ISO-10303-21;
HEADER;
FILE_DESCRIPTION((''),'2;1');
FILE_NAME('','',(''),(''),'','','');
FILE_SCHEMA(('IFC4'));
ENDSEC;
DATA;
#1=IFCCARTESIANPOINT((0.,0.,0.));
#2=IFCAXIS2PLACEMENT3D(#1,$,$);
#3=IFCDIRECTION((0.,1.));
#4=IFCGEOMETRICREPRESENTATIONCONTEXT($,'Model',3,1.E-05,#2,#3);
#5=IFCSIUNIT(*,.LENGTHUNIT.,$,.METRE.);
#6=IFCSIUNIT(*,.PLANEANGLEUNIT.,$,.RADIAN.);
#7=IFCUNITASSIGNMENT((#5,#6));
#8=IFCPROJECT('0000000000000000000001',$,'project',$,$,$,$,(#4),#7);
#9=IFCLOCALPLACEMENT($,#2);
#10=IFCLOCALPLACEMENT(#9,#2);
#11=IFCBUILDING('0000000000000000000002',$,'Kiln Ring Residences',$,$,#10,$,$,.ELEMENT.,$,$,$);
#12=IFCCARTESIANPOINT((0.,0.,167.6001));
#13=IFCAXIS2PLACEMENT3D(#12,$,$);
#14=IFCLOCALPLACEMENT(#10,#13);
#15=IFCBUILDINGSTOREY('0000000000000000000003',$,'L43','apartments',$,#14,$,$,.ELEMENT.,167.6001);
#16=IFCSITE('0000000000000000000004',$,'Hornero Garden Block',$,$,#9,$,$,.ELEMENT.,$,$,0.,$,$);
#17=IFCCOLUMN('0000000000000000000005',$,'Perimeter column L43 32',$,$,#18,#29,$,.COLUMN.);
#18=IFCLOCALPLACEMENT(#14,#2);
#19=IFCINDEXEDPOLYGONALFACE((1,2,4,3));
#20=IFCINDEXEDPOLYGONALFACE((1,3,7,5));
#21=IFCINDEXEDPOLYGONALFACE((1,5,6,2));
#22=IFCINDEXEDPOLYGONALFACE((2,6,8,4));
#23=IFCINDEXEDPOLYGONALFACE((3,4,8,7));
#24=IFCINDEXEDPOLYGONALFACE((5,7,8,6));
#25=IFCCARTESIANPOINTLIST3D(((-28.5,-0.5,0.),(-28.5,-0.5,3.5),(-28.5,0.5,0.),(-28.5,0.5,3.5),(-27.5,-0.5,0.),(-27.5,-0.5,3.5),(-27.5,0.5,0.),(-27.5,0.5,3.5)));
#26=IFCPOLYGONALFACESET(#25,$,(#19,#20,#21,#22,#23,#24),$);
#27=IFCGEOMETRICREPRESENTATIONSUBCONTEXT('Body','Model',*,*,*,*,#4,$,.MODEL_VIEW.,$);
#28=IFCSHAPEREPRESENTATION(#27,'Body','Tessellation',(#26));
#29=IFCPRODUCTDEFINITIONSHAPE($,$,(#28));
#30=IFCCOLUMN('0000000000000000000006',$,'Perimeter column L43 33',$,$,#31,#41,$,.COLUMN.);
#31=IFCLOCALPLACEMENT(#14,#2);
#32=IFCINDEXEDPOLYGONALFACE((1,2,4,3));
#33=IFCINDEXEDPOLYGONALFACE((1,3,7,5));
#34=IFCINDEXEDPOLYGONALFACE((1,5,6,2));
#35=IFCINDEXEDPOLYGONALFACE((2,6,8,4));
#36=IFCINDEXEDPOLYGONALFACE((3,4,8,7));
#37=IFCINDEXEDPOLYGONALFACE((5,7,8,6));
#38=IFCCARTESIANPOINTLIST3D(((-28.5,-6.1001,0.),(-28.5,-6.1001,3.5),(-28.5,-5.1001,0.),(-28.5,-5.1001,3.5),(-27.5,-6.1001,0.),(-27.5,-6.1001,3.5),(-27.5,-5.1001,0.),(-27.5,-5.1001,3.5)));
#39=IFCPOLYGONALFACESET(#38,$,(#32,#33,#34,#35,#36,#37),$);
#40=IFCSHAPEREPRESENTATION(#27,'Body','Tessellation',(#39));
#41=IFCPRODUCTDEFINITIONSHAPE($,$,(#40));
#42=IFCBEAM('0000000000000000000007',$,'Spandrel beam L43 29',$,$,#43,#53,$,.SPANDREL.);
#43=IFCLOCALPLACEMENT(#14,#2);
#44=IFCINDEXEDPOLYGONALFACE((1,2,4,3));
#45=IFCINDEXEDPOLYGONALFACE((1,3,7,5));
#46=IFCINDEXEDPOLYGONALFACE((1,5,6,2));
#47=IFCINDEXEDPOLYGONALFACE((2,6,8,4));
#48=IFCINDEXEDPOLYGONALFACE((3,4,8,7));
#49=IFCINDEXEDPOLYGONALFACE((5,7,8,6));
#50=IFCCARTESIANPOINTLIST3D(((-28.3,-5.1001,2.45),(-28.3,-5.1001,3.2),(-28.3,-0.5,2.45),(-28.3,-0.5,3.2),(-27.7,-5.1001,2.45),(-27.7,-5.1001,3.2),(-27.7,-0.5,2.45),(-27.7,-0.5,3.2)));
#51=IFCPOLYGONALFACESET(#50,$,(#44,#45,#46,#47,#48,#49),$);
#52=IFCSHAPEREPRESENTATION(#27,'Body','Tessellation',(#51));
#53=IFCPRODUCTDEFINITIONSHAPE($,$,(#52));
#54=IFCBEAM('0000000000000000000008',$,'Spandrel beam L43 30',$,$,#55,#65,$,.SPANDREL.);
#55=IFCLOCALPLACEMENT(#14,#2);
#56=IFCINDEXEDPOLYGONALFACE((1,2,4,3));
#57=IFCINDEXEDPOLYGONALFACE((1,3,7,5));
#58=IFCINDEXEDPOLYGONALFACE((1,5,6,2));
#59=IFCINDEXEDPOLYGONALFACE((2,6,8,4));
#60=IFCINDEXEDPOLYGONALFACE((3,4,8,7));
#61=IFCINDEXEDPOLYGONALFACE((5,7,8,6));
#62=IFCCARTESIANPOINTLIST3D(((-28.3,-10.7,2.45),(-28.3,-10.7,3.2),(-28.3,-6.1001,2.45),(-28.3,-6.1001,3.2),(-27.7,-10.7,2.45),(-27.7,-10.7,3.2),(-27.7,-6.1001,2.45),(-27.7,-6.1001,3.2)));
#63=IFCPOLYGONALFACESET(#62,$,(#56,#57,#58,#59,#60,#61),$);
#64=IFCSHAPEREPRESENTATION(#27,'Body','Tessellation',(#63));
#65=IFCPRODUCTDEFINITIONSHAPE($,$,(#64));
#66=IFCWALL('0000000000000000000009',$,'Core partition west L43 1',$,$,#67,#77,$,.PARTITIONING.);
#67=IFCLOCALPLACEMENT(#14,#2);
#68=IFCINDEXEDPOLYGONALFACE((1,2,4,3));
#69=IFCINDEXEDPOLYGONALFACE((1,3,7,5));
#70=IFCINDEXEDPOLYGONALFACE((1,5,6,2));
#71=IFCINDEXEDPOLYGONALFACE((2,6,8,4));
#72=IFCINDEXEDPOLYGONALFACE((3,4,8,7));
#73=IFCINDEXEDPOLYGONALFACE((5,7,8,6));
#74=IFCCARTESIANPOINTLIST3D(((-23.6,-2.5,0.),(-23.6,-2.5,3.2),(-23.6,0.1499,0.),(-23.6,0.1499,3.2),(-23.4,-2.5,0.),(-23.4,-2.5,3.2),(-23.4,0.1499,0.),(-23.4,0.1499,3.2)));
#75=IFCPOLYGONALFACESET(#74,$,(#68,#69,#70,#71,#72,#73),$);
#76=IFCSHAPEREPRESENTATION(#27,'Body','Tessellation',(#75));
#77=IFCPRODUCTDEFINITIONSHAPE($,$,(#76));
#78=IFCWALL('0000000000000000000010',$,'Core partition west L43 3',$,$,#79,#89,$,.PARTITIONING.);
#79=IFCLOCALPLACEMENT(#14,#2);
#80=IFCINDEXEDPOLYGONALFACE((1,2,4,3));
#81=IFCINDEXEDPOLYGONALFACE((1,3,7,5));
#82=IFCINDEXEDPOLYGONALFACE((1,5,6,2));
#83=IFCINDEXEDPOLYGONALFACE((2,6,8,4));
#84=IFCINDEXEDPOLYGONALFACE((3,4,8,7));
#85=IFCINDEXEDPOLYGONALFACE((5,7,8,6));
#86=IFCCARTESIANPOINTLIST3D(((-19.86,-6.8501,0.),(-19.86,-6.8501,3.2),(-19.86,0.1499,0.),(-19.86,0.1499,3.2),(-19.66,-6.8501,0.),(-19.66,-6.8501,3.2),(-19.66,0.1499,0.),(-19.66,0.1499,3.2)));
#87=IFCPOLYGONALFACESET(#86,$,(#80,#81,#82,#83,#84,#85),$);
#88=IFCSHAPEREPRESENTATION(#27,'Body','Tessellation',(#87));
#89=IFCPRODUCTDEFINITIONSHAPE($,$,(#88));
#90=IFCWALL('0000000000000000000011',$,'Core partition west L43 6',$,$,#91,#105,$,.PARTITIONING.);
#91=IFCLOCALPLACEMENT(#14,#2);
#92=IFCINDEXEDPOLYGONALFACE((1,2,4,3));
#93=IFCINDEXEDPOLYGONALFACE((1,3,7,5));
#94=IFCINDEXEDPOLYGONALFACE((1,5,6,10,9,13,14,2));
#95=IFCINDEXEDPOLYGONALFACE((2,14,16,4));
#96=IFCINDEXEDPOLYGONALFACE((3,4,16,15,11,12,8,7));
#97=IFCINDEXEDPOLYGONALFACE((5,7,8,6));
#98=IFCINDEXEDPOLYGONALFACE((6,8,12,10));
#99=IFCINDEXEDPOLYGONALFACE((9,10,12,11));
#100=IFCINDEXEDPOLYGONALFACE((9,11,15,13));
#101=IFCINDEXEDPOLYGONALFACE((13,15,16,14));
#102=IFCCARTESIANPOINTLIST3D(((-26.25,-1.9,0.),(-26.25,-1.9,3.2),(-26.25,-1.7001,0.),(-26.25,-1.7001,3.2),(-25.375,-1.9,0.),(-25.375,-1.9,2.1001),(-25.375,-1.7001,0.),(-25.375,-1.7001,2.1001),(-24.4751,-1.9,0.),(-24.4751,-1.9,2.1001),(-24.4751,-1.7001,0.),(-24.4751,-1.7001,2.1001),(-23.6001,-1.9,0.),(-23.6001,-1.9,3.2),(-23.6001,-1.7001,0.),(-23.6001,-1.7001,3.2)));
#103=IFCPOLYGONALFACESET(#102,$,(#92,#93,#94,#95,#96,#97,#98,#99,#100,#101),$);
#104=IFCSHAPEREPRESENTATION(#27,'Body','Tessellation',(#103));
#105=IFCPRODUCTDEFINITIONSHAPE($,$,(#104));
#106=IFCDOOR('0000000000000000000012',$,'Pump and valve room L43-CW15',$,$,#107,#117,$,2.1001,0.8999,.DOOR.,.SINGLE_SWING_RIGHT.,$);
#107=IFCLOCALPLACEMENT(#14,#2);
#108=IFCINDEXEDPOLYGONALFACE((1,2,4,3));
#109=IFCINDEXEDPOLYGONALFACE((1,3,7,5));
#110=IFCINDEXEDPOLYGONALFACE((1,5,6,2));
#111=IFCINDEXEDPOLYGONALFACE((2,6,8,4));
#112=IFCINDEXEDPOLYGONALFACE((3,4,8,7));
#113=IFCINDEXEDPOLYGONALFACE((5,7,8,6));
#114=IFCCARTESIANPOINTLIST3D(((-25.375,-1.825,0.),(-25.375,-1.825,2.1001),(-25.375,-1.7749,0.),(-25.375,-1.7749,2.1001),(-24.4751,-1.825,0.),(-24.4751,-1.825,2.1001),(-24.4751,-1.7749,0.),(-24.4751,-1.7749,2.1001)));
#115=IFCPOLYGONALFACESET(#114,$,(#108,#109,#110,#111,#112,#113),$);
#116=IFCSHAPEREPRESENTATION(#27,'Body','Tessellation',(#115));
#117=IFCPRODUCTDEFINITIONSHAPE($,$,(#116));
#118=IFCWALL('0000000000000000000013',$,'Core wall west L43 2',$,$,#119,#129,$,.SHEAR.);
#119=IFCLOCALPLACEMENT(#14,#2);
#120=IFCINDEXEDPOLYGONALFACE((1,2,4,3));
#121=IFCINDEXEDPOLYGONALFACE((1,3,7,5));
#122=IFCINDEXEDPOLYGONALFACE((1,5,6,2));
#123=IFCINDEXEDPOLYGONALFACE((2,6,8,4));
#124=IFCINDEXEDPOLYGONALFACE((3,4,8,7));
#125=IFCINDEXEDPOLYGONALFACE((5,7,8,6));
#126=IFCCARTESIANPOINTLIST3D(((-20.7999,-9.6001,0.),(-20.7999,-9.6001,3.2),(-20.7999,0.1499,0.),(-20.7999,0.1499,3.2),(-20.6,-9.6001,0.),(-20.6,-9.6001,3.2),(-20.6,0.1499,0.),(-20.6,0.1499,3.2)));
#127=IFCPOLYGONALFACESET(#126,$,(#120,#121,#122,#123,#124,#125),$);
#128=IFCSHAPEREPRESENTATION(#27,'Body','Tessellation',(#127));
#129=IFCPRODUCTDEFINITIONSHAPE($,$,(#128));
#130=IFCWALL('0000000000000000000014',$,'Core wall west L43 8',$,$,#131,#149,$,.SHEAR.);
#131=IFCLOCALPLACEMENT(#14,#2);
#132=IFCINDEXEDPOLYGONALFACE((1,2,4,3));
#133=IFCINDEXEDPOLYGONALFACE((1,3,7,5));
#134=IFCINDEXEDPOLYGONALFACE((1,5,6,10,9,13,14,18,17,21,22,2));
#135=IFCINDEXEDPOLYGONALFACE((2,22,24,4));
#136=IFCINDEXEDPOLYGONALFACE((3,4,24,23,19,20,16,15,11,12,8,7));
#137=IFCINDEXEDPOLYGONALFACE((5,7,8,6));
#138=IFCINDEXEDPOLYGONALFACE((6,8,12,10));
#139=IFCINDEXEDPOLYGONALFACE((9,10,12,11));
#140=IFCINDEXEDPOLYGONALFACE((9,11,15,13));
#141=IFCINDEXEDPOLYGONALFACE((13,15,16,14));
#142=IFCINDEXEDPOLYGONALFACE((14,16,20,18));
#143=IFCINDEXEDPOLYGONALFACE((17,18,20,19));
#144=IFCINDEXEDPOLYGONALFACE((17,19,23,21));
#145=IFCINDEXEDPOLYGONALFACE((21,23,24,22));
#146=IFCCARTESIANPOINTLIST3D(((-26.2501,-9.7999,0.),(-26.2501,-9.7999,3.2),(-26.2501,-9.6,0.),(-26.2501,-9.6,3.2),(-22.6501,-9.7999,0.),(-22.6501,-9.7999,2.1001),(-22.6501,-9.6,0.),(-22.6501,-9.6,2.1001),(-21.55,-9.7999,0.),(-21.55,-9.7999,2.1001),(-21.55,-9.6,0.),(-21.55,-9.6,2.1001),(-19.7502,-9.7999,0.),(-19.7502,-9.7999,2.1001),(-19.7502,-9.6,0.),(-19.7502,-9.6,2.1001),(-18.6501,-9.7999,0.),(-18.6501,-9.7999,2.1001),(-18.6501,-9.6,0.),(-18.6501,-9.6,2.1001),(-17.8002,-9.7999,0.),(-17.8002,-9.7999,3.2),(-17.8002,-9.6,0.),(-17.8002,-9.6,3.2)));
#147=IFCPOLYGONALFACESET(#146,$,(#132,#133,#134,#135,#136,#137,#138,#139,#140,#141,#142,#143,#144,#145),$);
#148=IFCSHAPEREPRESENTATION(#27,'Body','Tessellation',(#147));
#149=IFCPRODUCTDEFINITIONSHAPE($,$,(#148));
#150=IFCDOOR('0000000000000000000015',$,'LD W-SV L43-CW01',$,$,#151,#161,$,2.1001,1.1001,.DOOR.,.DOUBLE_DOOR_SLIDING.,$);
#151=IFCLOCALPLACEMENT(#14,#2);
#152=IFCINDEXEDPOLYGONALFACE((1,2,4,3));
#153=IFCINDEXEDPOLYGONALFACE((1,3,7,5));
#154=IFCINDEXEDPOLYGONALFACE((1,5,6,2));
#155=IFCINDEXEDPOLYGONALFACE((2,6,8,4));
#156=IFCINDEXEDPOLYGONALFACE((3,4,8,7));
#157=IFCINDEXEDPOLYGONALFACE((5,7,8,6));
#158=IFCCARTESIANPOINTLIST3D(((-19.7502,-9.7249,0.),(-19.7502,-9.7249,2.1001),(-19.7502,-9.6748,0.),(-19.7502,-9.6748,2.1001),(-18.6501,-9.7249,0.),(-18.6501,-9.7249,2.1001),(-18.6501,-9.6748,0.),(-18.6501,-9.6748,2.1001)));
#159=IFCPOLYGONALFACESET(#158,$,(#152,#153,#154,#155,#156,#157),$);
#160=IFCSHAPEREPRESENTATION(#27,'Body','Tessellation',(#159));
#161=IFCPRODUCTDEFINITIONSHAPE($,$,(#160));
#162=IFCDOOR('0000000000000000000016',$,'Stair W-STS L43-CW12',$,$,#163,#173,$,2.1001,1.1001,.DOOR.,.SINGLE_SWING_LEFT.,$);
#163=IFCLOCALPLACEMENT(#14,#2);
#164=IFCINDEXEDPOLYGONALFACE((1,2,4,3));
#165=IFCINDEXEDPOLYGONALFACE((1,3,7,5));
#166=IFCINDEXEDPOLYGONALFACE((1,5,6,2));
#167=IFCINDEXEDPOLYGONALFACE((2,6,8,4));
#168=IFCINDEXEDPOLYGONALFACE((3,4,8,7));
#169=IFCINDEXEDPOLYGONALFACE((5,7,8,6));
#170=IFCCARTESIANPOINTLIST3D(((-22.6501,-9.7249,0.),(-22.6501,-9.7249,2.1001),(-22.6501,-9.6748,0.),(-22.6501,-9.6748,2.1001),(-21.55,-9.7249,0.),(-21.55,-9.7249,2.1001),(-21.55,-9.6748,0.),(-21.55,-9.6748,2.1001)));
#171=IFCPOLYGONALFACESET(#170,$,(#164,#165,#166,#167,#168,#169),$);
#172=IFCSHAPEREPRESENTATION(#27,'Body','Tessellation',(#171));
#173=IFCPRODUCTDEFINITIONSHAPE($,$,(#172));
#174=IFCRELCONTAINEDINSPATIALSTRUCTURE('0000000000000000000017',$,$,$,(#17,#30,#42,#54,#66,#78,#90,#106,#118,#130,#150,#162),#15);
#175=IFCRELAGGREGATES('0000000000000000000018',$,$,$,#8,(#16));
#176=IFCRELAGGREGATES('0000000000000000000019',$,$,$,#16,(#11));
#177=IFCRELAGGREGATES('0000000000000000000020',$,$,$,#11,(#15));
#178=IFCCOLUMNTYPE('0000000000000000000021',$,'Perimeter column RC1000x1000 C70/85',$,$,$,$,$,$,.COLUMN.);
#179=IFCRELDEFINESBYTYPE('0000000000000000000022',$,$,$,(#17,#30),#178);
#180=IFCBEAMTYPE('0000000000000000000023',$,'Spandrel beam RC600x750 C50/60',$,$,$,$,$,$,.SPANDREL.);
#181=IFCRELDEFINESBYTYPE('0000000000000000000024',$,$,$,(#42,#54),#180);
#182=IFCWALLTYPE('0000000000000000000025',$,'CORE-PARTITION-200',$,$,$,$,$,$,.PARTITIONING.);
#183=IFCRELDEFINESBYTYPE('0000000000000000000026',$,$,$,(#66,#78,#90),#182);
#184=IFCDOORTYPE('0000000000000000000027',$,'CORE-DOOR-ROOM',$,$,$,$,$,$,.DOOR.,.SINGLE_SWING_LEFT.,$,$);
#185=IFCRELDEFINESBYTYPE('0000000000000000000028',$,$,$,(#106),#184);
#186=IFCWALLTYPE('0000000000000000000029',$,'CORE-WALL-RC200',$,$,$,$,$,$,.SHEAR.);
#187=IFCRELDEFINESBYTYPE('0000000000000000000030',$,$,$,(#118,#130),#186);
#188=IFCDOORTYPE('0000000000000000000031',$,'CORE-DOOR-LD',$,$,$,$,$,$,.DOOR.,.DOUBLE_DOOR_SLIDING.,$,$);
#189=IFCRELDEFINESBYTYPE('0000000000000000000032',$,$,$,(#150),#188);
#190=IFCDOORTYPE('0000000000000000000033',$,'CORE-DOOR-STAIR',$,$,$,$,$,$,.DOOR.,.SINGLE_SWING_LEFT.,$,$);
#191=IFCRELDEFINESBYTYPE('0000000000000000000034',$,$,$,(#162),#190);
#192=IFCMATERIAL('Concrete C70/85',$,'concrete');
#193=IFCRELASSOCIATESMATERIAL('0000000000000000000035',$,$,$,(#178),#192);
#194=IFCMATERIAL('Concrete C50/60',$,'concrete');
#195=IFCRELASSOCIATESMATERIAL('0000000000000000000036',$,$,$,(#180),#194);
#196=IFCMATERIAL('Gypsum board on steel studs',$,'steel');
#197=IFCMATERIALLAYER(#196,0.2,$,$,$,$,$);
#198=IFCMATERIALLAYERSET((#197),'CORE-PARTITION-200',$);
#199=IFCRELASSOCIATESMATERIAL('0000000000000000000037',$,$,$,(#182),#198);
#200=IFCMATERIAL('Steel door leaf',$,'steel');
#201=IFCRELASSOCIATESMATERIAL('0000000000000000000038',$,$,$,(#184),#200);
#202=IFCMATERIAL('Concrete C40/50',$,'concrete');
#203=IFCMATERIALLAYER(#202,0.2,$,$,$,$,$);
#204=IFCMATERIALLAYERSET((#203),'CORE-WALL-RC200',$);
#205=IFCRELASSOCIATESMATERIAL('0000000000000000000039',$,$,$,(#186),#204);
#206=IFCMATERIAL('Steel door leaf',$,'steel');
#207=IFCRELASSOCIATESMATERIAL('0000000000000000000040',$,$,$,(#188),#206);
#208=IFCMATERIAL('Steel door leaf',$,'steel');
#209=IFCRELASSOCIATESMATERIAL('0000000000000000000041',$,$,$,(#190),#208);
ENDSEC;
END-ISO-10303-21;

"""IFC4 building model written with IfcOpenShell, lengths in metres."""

from ifc_helpers import new_model, si_unit, direction, frame, frame_2d, origin, origin_2d, place, context, subcontext, project, spatial, rectangle, extrude, material, layer, layer_set, material_profile, profile_set, type_object, element, fill, save


model = new_model("IFC4")

# Units and contexts
model_context = context("Model", 3, precision=1e-05, world=origin(), true_north=direction((0.0, 1.0)))
body_context = subcontext(model_context, "Body", "Model", "MODEL_VIEW")
ifc_project = project(units=[si_unit("LENGTHUNIT", "METRE"), si_unit("PLANEANGLEUNIT", "RADIAN")], contexts=[model_context])

# Site, building, storey
site_placement = place(None, origin())
site = spatial("IfcSite", under=ifc_project, at=site_placement, Name="Hornero Garden Block", CompositionType="ELEMENT", RefElevation=0.0)
building_placement = place(site_placement, origin())
building = spatial("IfcBuilding", under=site, at=building_placement, Name="Kiln Ring Residences", CompositionType="ELEMENT")
storey_placement = place(building_placement, frame((0.0, 0.0, 167.6001)))
storey = spatial("IfcBuildingStorey", under=building, at=storey_placement, Name="L43", Description="apartments", CompositionType="ELEMENT", Elevation=167.6001)

# Columns
ifc_material_1 = material(Name="Concrete C70/85", Category="concrete")
ifc_material_profile_1 = material_profile(ifc_material_1, rectangle(XDim=1.0, YDim=1.0, at=origin_2d()), Name="RC1000x1000")
ifc_profile_set_1 = profile_set([ifc_material_profile_1], Name="Concrete C70/85")
column_type = type_object("IfcColumnType", Name="Perimeter column RC1000x1000 C70/85", PredefinedType="COLUMN", material=ifc_profile_set_1)
for number, where, z_axis, x_axis, name in (
    (1, (-28.0, 0.0, 0.0), (0.0, 0.0, 1.0), (1.0, 0.0, 0.0), "Perimeter column L43 32"),
    (2, (-28.0, -5.6001, 0.0), (0.0, 0.0, 1.0), (1.0, 0.0, 0.0), "Perimeter column L43 33"),
):
    element("IfcColumn", number, at=place(storey_placement, frame(where, z_axis=z_axis, x_axis=x_axis)), inside=storey, type_object=column_type, Name=name, PredefinedType="COLUMN", context=body_context, shape_type="SweptSolid", body=[
        extrude(rectangle(XDim=1.0, YDim=1.0, at=origin_2d()), origin(), (0.0, 0.0, 1.0), 3.5),
    ])

# Beams
ifc_material_2 = material(Name="Concrete C50/60", Category="concrete")
ifc_material_profile_2 = material_profile(ifc_material_2, rectangle(XDim=0.6001, YDim=0.75, at=origin_2d()), Name="RC600x750")
ifc_profile_set_2 = profile_set([ifc_material_profile_2], Name="Concrete C50/60")
beam_type = type_object("IfcBeamType", Name="Spandrel beam RC600x750 C50/60", PredefinedType="SPANDREL", material=ifc_profile_set_2)
beam_1_placement = place(storey_placement, frame((-28.0, -0.5, 2.825), z_axis=(0.0, -1.0, 0.0), x_axis=(1.0, 0.0, 0.0)))
element("IfcBeam", 3, at=beam_1_placement, inside=storey, type_object=beam_type, Name="Spandrel beam L43 29", PredefinedType="SPANDREL", context=body_context, shape_type="SweptSolid", body=[
    extrude(rectangle(XDim=0.6001, YDim=0.75, at=origin_2d()), origin(), (0.0, 0.0, 1.0), 4.6001),
])
beam_2_placement = place(storey_placement, frame((-28.0, -6.1001, 2.825), z_axis=(0.0, -1.0, 0.0), x_axis=(1.0, 0.0, 0.0)))
element("IfcBeam", 4, at=beam_2_placement, inside=storey, type_object=beam_type, Name="Spandrel beam L43 30", PredefinedType="SPANDREL", context=body_context, shape_type="SweptSolid", body=[
    extrude(rectangle(XDim=0.6001, YDim=0.75, at=origin_2d()), origin(), (0.0, 0.0, 1.0), 4.5999),
])

# Walls
ifc_material_3 = material(Name="Gypsum board on steel studs", Category="steel")
ifc_layer_1 = layer(ifc_material_3, 0.2)
ifc_layer_set_1 = layer_set([ifc_layer_1], Name="CORE-PARTITION-200")
wall_type_1 = type_object("IfcWallType", Name="CORE-PARTITION-200", PredefinedType="PARTITIONING", material=ifc_layer_set_1)
wall_1_placement = place(storey_placement, frame((-23.5, -2.5, 0.0), z_axis=(0.0, 0.0, 1.0), x_axis=(0.0, 1.0, 0.0)))
element("IfcWall", 5, at=wall_1_placement, inside=storey, type_object=wall_type_1, Name="Core partition west L43 1", PredefinedType="PARTITIONING", context=body_context, shape_type="SweptSolid", body=[
    extrude(rectangle(XDim=2.6499, YDim=0.2, at=frame_2d((1.325, 0.0))), origin(), (0.0, 0.0, 1.0), 3.2),
])
wall_2_placement = place(storey_placement, frame((-19.76, -6.8501, 0.0), z_axis=(0.0, 0.0, 1.0), x_axis=(0.0, 1.0, 0.0)))
element("IfcWall", 6, at=wall_2_placement, inside=storey, type_object=wall_type_1, Name="Core partition west L43 3", PredefinedType="PARTITIONING", context=body_context, shape_type="SweptSolid", body=[
    extrude(rectangle(XDim=7.0, YDim=0.2, at=frame_2d((3.5, 0.0))), origin(), (0.0, 0.0, 1.0), 3.2),
])

# Wall, opening, door
wall_3_placement = place(storey_placement, frame((-23.6001, -1.8, 0.0), z_axis=(0.0, 0.0, 1.0), x_axis=(-1.0, 0.0, 0.0)))
wall_3 = element("IfcWall", 7, at=wall_3_placement, inside=storey, type_object=wall_type_1, Name="Core partition west L43 6", PredefinedType="PARTITIONING", context=body_context, shape_type="SweptSolid", body=[
    extrude(rectangle(XDim=2.6499, YDim=0.2, at=frame_2d((1.325, 0.0))), origin(), (0.0, 0.0, 1.0), 3.2),
])
opening_1_placement = place(wall_3_placement, frame((0.875, 0.0, 0.0)))
opening_1 = element("IfcOpeningElement", 8, at=opening_1_placement, cuts=wall_3, PredefinedType="OPENING", context=body_context, shape_type="SweptSolid", body=[
    extrude(rectangle(XDim=0.8999, YDim=2.1001, at=frame_2d((0.45, 1.05))), frame((0.0, 0.1099, 0.0), z_axis=(0.0, -1.0, 0.0), x_axis=(1.0, 0.0, 0.0)), (0.0, 0.0, 1.0), 0.22),
])
ifc_material_4 = material(Name="Steel door leaf", Category="steel")
door_type_1 = type_object("IfcDoorType", Name="CORE-DOOR-ROOM", OperationType="SINGLE_SWING_LEFT", PredefinedType="DOOR", material=ifc_material_4)
door_1_placement = place(opening_1_placement, origin())
door_1 = element("IfcDoor", 9, at=door_1_placement, inside=storey, type_object=door_type_1, Name="Pump and valve room L43-CW15", OperationType="SINGLE_SWING_RIGHT", OverallHeight=2.1001, OverallWidth=0.8999, PredefinedType="DOOR", context=body_context, shape_type="SweptSolid", body=[
    extrude(rectangle(XDim=0.8999, YDim=2.1001, at=frame_2d((0.45, 1.05))), frame((0.0, 0.0249, 0.0), z_axis=(0.0, -1.0, 0.0), x_axis=(1.0, 0.0, 0.0)), (0.0, 0.0, 1.0), 0.05),
])
fill(opening_1, door_1)

# Wall
ifc_material_5 = material(Name="Concrete C40/50", Category="concrete")
ifc_layer_2 = layer(ifc_material_5, 0.2)
ifc_layer_set_2 = layer_set([ifc_layer_2], Name="CORE-WALL-RC200")
wall_type_2 = type_object("IfcWallType", Name="CORE-WALL-RC200", PredefinedType="SHEAR", material=ifc_layer_set_2)
wall_4_placement = place(storey_placement, frame((-20.7, -9.6001, 0.0), z_axis=(0.0, 0.0, 1.0), x_axis=(0.0, 1.0, 0.0)))
element("IfcWall", 10, at=wall_4_placement, inside=storey, type_object=wall_type_2, Name="Core wall west L43 2", PredefinedType="SHEAR", context=body_context, shape_type="SweptSolid", body=[
    extrude(rectangle(XDim=9.75, YDim=0.2, at=frame_2d((4.875, 0.0))), origin(), (0.0, 0.0, 1.0), 3.2),
])

# Wall, openings, doors
wall_5_placement = place(storey_placement, frame((-17.8, -9.7, 0.0), z_axis=(0.0, 0.0, 1.0), x_axis=(-1.0, 0.0, 0.0)))
wall_5 = element("IfcWall", 11, at=wall_5_placement, inside=storey, type_object=wall_type_2, Name="Core wall west L43 8", PredefinedType="SHEAR", context=body_context, shape_type="SweptSolid", body=[
    extrude(rectangle(XDim=8.45, YDim=0.2, at=frame_2d((4.2251, 0.0))), origin(), (0.0, 0.0, 1.0), 3.2),
])
opening_2_placement = place(wall_5_placement, frame((0.8501, 0.0, 0.0)))
opening_2 = element("IfcOpeningElement", 12, at=opening_2_placement, cuts=wall_5, PredefinedType="OPENING", context=body_context, shape_type="SweptSolid", body=[
    extrude(rectangle(XDim=1.1001, YDim=2.1001, at=frame_2d((0.55, 1.05))), frame((0.0, 0.1099, 0.0), z_axis=(0.0, -1.0, 0.0), x_axis=(1.0, 0.0, 0.0)), (0.0, 0.0, 1.0), 0.22),
])
opening_3_placement = place(wall_5_placement, frame((3.75, 0.0, 0.0)))
opening_3 = element("IfcOpeningElement", 13, at=opening_3_placement, cuts=wall_5, PredefinedType="OPENING", context=body_context, shape_type="SweptSolid", body=[
    extrude(rectangle(XDim=1.1001, YDim=2.1001, at=frame_2d((0.55, 1.05))), frame((0.0, 0.1099, 0.0), z_axis=(0.0, -1.0, 0.0), x_axis=(1.0, 0.0, 0.0)), (0.0, 0.0, 1.0), 0.22),
])
ifc_material_6 = material(Name="Steel door leaf", Category="steel")
door_type_2 = type_object("IfcDoorType", Name="CORE-DOOR-LD", OperationType="DOUBLE_DOOR_SLIDING", PredefinedType="DOOR", material=ifc_material_6)
door_2_placement = place(opening_2_placement, origin())
door_2 = element("IfcDoor", 14, at=door_2_placement, inside=storey, type_object=door_type_2, Name="LD W-SV L43-CW01", OperationType="DOUBLE_DOOR_SLIDING", OverallHeight=2.1001, OverallWidth=1.1001, PredefinedType="DOOR", context=body_context, shape_type="SweptSolid", body=[
    extrude(rectangle(XDim=1.1001, YDim=2.1001, at=frame_2d((0.55, 1.05))), frame((0.0, 0.0249, 0.0), z_axis=(0.0, -1.0, 0.0), x_axis=(1.0, 0.0, 0.0)), (0.0, 0.0, 1.0), 0.05),
])
fill(opening_2, door_2)
ifc_material_7 = material(Name="Steel door leaf", Category="steel")
door_type_3 = type_object("IfcDoorType", Name="CORE-DOOR-STAIR", OperationType="SINGLE_SWING_LEFT", PredefinedType="DOOR", material=ifc_material_7)
door_3_placement = place(opening_3_placement, origin())
door_3 = element("IfcDoor", 15, at=door_3_placement, inside=storey, type_object=door_type_3, Name="Stair W-STS L43-CW12", OperationType="SINGLE_SWING_LEFT", OverallHeight=2.1001, OverallWidth=1.1001, PredefinedType="DOOR", context=body_context, shape_type="SweptSolid", body=[
    extrude(rectangle(XDim=1.1001, YDim=2.1001, at=frame_2d((0.55, 1.05))), frame((0.0, 0.0249, 0.0), z_axis=(0.0, -1.0, 0.0), x_axis=(1.0, 0.0, 0.0)), (0.0, 0.0, 1.0), 0.05),
])
fill(opening_3, door_3)

save(model, "model.ifc")
